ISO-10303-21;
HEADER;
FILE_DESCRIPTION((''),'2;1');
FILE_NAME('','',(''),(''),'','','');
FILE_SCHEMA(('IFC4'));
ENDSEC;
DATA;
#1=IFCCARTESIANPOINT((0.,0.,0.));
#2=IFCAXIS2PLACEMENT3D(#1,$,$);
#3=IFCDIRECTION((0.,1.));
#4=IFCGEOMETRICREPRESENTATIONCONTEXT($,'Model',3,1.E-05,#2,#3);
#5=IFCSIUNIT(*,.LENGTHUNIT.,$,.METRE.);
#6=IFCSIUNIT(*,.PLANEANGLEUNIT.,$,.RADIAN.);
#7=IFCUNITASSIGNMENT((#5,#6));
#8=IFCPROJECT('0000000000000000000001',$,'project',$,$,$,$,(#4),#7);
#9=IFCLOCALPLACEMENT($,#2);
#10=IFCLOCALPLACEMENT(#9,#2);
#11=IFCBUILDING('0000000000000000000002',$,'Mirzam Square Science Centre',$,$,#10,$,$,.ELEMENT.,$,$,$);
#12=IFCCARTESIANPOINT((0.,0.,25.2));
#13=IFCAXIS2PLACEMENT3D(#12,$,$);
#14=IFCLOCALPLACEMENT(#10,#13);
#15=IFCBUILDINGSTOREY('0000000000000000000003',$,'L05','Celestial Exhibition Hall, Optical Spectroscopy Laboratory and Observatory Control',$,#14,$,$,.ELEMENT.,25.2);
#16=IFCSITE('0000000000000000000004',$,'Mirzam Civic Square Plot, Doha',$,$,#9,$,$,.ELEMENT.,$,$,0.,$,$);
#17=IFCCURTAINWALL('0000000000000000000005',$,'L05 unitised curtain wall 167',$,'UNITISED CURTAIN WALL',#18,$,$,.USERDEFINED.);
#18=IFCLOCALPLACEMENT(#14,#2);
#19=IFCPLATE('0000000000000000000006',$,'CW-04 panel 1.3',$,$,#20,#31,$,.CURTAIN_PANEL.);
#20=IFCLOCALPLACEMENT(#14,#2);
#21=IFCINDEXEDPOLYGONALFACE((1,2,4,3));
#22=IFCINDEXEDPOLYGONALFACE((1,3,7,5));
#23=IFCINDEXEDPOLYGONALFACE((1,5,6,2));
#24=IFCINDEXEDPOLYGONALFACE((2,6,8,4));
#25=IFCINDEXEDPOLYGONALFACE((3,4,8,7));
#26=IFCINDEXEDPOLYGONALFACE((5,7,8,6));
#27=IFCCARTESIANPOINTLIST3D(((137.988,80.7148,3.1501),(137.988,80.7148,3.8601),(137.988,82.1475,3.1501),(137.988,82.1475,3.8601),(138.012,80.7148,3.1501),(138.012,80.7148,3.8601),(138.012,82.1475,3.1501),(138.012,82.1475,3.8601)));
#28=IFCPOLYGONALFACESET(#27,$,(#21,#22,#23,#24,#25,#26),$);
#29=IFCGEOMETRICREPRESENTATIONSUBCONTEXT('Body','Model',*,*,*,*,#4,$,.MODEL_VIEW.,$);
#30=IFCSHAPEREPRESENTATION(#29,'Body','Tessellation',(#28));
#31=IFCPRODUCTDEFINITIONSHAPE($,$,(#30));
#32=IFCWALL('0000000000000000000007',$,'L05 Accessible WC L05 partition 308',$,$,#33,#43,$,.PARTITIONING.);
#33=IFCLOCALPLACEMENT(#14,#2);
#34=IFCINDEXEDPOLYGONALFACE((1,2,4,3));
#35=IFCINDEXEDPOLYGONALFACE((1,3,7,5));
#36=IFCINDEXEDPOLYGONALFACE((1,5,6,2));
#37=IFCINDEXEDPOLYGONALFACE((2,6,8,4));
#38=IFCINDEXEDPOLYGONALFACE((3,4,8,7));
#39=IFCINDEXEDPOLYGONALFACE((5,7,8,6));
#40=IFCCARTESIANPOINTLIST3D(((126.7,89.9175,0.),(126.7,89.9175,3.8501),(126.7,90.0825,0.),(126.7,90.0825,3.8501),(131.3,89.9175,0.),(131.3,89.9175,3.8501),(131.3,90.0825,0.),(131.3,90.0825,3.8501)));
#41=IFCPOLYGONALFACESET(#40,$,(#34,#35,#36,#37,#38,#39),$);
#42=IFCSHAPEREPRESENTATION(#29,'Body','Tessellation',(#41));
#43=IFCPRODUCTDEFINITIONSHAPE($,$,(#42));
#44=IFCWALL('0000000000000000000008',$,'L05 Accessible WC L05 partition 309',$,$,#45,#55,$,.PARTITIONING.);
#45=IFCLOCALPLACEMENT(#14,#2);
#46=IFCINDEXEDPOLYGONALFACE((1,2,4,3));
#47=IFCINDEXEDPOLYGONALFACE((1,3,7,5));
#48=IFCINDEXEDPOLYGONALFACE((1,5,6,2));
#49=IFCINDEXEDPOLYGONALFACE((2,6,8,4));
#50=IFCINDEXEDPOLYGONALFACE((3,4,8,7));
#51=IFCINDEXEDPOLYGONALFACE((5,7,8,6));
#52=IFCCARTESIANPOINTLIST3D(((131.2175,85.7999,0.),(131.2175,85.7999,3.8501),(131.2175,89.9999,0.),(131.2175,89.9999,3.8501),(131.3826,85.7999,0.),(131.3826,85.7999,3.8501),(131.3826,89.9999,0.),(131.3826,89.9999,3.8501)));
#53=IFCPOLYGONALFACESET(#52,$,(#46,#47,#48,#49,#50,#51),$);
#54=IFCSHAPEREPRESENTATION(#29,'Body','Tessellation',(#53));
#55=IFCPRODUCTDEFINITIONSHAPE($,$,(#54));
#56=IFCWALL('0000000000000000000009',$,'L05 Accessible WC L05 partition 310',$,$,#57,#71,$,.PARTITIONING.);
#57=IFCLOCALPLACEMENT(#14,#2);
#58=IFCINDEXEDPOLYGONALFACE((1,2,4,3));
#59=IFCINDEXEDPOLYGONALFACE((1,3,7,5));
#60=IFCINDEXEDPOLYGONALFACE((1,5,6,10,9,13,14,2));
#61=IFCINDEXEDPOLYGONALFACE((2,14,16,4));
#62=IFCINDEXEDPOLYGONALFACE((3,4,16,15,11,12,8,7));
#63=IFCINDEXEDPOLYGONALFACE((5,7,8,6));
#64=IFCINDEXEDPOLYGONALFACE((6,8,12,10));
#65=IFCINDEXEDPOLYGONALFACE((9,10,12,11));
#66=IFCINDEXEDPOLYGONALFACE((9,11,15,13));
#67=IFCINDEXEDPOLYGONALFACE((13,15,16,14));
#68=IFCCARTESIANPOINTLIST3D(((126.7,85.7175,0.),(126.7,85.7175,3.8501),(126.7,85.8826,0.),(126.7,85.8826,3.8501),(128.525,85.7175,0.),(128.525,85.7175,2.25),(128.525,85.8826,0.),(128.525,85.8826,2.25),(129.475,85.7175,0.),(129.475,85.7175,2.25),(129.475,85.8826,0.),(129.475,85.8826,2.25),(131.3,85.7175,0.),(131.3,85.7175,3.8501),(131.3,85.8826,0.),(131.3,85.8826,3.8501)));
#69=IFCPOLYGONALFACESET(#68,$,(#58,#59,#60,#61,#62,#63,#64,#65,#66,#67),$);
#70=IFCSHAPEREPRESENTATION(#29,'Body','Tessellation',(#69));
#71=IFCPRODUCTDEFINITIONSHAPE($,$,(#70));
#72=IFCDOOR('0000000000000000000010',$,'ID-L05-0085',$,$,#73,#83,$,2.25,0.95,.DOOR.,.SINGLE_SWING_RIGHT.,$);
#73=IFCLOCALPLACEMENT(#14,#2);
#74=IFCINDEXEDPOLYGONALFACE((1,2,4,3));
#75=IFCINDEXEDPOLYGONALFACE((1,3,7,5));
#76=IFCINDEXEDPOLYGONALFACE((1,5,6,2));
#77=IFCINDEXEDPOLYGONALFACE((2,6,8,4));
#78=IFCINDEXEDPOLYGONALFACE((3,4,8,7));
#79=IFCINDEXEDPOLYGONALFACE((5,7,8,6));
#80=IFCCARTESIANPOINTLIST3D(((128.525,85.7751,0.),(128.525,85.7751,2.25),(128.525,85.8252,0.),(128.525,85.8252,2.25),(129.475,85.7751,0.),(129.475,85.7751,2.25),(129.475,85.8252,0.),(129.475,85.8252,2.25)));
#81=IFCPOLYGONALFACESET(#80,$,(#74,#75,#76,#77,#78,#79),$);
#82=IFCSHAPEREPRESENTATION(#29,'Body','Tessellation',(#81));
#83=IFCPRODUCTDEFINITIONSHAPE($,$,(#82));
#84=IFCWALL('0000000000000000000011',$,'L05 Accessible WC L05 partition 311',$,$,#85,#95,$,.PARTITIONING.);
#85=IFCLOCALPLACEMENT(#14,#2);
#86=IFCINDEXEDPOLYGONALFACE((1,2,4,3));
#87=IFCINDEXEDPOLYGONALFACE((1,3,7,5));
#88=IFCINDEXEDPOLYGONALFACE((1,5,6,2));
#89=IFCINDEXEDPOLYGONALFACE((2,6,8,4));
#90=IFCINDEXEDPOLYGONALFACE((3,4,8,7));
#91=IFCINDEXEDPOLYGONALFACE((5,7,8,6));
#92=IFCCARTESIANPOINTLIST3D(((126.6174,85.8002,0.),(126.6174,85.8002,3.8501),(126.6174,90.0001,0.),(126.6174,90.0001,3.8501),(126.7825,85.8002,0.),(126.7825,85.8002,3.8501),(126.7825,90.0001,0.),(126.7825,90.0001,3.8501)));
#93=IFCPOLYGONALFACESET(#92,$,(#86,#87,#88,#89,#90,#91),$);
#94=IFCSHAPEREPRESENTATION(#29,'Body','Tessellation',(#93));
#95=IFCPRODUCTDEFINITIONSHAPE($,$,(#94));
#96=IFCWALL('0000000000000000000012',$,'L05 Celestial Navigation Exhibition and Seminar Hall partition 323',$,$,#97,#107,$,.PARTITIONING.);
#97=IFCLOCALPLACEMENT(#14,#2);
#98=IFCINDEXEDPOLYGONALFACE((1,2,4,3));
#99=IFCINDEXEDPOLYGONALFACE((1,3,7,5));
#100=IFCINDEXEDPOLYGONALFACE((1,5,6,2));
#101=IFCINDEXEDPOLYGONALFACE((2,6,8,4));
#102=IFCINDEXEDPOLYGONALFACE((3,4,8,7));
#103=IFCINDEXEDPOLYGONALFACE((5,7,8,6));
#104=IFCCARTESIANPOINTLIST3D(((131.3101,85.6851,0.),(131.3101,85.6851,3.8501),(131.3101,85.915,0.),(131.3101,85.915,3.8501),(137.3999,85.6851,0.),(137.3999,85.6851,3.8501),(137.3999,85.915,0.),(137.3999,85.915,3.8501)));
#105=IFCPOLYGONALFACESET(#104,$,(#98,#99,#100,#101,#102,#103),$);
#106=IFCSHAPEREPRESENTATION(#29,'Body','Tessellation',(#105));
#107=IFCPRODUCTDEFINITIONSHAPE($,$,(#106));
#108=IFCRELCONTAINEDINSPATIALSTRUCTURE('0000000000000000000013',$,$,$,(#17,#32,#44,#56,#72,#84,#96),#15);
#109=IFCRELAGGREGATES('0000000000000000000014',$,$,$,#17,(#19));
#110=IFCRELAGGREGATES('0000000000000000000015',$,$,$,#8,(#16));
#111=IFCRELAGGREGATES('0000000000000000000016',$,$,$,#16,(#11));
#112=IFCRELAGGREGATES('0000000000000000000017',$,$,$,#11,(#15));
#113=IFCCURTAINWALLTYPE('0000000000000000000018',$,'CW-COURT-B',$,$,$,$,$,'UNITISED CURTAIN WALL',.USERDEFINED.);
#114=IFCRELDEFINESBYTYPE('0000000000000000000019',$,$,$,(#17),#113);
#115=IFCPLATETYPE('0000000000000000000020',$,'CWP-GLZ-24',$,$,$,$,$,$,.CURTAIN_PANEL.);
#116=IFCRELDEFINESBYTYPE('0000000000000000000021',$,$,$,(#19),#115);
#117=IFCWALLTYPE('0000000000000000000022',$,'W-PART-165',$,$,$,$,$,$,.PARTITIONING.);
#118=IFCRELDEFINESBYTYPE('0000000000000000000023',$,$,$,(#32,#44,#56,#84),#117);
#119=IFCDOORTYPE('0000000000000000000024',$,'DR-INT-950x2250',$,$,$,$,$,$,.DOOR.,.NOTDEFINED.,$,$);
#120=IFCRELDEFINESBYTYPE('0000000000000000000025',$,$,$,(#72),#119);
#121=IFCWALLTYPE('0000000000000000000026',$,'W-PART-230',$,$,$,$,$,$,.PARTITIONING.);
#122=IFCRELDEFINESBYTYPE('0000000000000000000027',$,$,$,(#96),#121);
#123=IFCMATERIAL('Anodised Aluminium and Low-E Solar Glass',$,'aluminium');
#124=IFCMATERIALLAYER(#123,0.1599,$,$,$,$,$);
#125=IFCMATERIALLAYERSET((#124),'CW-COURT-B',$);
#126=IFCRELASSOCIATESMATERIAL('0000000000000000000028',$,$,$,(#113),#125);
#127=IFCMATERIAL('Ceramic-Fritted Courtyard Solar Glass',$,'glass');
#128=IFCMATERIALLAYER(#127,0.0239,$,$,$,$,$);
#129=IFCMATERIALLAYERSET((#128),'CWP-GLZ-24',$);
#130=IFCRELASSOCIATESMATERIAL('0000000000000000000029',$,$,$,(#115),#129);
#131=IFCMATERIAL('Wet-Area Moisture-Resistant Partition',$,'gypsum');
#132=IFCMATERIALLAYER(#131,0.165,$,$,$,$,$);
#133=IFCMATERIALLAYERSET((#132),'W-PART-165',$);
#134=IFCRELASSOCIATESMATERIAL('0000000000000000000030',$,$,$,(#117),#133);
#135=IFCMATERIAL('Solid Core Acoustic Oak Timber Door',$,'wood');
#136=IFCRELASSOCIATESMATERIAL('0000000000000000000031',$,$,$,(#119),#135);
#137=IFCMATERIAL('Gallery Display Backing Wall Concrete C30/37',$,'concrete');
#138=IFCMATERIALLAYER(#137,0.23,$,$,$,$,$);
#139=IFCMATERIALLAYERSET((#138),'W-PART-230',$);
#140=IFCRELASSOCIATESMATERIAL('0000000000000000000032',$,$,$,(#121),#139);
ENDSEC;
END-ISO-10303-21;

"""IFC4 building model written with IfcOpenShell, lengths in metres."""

from ifc_helpers import new_model, si_unit, direction, frame, frame_2d, origin, origin_2d, place, context, subcontext, project, spatial, rectangle, extrude, material, layer, layer_set, type_object, element, fill, aggregate, save


model = new_model("IFC4")

# Units and contexts
model_context = context("Model", 3, precision=1e-05, world=origin(), true_north=direction((0.0, 1.0)))
body_context = subcontext(model_context, "Body", "Model", "MODEL_VIEW")
ifc_project = project(units=[si_unit("LENGTHUNIT", "METRE"), si_unit("PLANEANGLEUNIT", "RADIAN")], contexts=[model_context])

# Site, building, storey
site_placement = place(None, origin())
site = spatial("IfcSite", under=ifc_project, at=site_placement, Name="Mirzam Civic Square Plot, Doha", CompositionType="ELEMENT", RefElevation=0.0)
building_placement = place(site_placement, origin())
building = spatial("IfcBuilding", under=site, at=building_placement, Name="Mirzam Square Science Centre", CompositionType="ELEMENT")
storey_placement = place(building_placement, frame((0.0, 0.0, 25.2)))
storey = spatial("IfcBuildingStorey", under=building, at=storey_placement, Name="L05", Description="Celestial Exhibition Hall, Optical Spectroscopy Laboratory and Observatory Control", CompositionType="ELEMENT", Elevation=25.2)

# Curtain wall
ifc_material_1 = material(Name="Anodised Aluminium and Low-E Solar Glass", Category="aluminium")
ifc_layer_1 = layer(ifc_material_1, 0.1599)
ifc_layer_set_1 = layer_set([ifc_layer_1], Name="CW-COURT-B")
curtain_wall_type = type_object("IfcCurtainWallType", Name="CW-COURT-B", ElementType="UNITISED CURTAIN WALL", PredefinedType="USERDEFINED", material=ifc_layer_set_1)
curtain_wall_placement = place(storey_placement, origin())
curtain_wall = element("IfcCurtainWall", 1, at=curtain_wall_placement, inside=storey, type_object=curtain_wall_type, Name="L05 unitised curtain wall 167", ObjectType="UNITISED CURTAIN WALL", PredefinedType="USERDEFINED")

# Plate
ifc_material_2 = material(Name="Ceramic-Fritted Courtyard Solar Glass", Category="glass")
ifc_layer_2 = layer(ifc_material_2, 0.0239)
ifc_layer_set_2 = layer_set([ifc_layer_2], Name="CWP-GLZ-24")
plate_type = type_object("IfcPlateType", Name="CWP-GLZ-24", PredefinedType="CURTAIN_PANEL", material=ifc_layer_set_2)
plate_placement = place(storey_placement, frame((138.0, 81.4312, 3.1501), z_axis=(0.0, 0.0, 1.0), x_axis=(0.0, 1.0, 0.0)))
plate = element("IfcPlate", 2, at=plate_placement, type_object=plate_type, Name="CW-04 panel 1.3", PredefinedType="CURTAIN_PANEL", context=body_context, shape_type="SweptSolid", body=[
    extrude(rectangle(XDim=1.4326, YDim=0.0239, at=origin_2d()), origin(), (0.0, 0.0, 1.0), 0.71),
])
aggregate(curtain_wall, [plate])

# Walls
ifc_material_3 = material(Name="Wet-Area Moisture-Resistant Partition", Category="gypsum")
ifc_layer_3 = layer(ifc_material_3, 0.165)
ifc_layer_set_3 = layer_set([ifc_layer_3], Name="W-PART-165")
wall_type_1 = type_object("IfcWallType", Name="W-PART-165", PredefinedType="PARTITIONING", material=ifc_layer_set_3)
wall_1_placement = place(storey_placement, frame((126.7, 90.0, 0.0), z_axis=(0.0, 0.0, 1.0), x_axis=(1.0, 0.0, 0.0)))
element("IfcWall", 3, at=wall_1_placement, inside=storey, type_object=wall_type_1, Name="L05 Accessible WC L05 partition 308", PredefinedType="PARTITIONING", context=body_context, shape_type="SweptSolid", body=[
    extrude(rectangle(XDim=4.6001, YDim=0.165, at=frame_2d((2.3, 0.0))), origin(), (0.0, 0.0, 1.0), 3.8501),
])
wall_2_placement = place(storey_placement, frame((131.3, 90.0, 0.0), z_axis=(0.0, 0.0, 1.0), x_axis=(0.0, -1.0, 0.0)))
element("IfcWall", 4, at=wall_2_placement, inside=storey, type_object=wall_type_1, Name="L05 Accessible WC L05 partition 309", PredefinedType="PARTITIONING", context=body_context, shape_type="SweptSolid", body=[
    extrude(rectangle(XDim=4.2, YDim=0.165, at=frame_2d((2.1001, 0.0))), origin(), (0.0, 0.0, 1.0), 3.8501),
])

# Wall, opening, door
wall_3_placement = place(storey_placement, frame((131.3, 85.8, 0.0), z_axis=(0.0, 0.0, 1.0), x_axis=(-1.0, 0.0, 0.0)))
wall_3 = element("IfcWall", 5, at=wall_3_placement, inside=storey, type_object=wall_type_1, Name="L05 Accessible WC L05 partition 310", PredefinedType="PARTITIONING", context=body_context, shape_type="SweptSolid", body=[
    extrude(rectangle(XDim=4.6001, YDim=0.165, at=frame_2d((2.3, 0.0))), origin(), (0.0, 0.0, 1.0), 3.8501),
])
opening_placement = place(wall_3_placement, frame((1.825, 0.0, 0.0)))
opening = element("IfcOpeningElement", 6, at=opening_placement, cuts=wall_3, PredefinedType="OPENING", context=body_context, shape_type="SweptSolid", body=[
    extrude(rectangle(XDim=0.95, YDim=2.25, at=frame_2d((0.4751, 1.125))), frame((0.0, 0.0925, 0.0), z_axis=(0.0, -1.0, 0.0), x_axis=(1.0, 0.0, 0.0)), (0.0, 0.0, 1.0), 0.1851),
])
ifc_material_4 = material(Name="Solid Core Acoustic Oak Timber Door", Category="wood")
door_type = type_object("IfcDoorType", Name="DR-INT-950x2250", OperationType="NOTDEFINED", PredefinedType="DOOR", material=ifc_material_4)
door_placement = place(opening_placement, origin())
door = element("IfcDoor", 7, at=door_placement, inside=storey, type_object=door_type, Name="ID-L05-0085", OperationType="SINGLE_SWING_RIGHT", OverallHeight=2.25, OverallWidth=0.95, PredefinedType="DOOR", context=body_context, shape_type="SweptSolid", body=[
    extrude(rectangle(XDim=0.95, YDim=2.25, at=frame_2d((0.4751, 1.125))), frame((0.0, 0.0249, 0.0), z_axis=(0.0, -1.0, 0.0), x_axis=(1.0, 0.0, 0.0)), (0.0, 0.0, 1.0), 0.05),
])
fill(opening, door)

# Walls
wall_4_placement = place(storey_placement, frame((126.7, 85.8, 0.0), z_axis=(0.0, 0.0, 1.0), x_axis=(0.0, 1.0, 0.0)))
element("IfcWall", 8, at=wall_4_placement, inside=storey, type_object=wall_type_1, Name="L05 Accessible WC L05 partition 311", PredefinedType="PARTITIONING", context=body_context, shape_type="SweptSolid", body=[
    extrude(rectangle(XDim=4.2, YDim=0.165, at=frame_2d((2.1001, 0.0))), origin(), (0.0, 0.0, 1.0), 3.8501),
])
ifc_material_5 = material(Name="Gallery Display Backing Wall Concrete C30/37", Category="concrete")
ifc_layer_4 = layer(ifc_material_5, 0.23)
ifc_layer_set_4 = layer_set([ifc_layer_4], Name="W-PART-230")
wall_type_2 = type_object("IfcWallType", Name="W-PART-230", PredefinedType="PARTITIONING", material=ifc_layer_set_4)
wall_5_placement = place(storey_placement, frame((137.3999, 85.8, 0.0), z_axis=(0.0, 0.0, 1.0), x_axis=(-1.0, 0.0, 0.0)))
element("IfcWall", 9, at=wall_5_placement, inside=storey, type_object=wall_type_2, Name="L05 Celestial Navigation Exhibition and Seminar Hall partition 323", PredefinedType="PARTITIONING", context=body_context, shape_type="SweptSolid", body=[
    extrude(rectangle(XDim=6.0898, YDim=0.23, at=frame_2d((3.0449, 0.0))), origin(), (0.0, 0.0, 1.0), 3.8501),
])

save(model, "model.ifc")
